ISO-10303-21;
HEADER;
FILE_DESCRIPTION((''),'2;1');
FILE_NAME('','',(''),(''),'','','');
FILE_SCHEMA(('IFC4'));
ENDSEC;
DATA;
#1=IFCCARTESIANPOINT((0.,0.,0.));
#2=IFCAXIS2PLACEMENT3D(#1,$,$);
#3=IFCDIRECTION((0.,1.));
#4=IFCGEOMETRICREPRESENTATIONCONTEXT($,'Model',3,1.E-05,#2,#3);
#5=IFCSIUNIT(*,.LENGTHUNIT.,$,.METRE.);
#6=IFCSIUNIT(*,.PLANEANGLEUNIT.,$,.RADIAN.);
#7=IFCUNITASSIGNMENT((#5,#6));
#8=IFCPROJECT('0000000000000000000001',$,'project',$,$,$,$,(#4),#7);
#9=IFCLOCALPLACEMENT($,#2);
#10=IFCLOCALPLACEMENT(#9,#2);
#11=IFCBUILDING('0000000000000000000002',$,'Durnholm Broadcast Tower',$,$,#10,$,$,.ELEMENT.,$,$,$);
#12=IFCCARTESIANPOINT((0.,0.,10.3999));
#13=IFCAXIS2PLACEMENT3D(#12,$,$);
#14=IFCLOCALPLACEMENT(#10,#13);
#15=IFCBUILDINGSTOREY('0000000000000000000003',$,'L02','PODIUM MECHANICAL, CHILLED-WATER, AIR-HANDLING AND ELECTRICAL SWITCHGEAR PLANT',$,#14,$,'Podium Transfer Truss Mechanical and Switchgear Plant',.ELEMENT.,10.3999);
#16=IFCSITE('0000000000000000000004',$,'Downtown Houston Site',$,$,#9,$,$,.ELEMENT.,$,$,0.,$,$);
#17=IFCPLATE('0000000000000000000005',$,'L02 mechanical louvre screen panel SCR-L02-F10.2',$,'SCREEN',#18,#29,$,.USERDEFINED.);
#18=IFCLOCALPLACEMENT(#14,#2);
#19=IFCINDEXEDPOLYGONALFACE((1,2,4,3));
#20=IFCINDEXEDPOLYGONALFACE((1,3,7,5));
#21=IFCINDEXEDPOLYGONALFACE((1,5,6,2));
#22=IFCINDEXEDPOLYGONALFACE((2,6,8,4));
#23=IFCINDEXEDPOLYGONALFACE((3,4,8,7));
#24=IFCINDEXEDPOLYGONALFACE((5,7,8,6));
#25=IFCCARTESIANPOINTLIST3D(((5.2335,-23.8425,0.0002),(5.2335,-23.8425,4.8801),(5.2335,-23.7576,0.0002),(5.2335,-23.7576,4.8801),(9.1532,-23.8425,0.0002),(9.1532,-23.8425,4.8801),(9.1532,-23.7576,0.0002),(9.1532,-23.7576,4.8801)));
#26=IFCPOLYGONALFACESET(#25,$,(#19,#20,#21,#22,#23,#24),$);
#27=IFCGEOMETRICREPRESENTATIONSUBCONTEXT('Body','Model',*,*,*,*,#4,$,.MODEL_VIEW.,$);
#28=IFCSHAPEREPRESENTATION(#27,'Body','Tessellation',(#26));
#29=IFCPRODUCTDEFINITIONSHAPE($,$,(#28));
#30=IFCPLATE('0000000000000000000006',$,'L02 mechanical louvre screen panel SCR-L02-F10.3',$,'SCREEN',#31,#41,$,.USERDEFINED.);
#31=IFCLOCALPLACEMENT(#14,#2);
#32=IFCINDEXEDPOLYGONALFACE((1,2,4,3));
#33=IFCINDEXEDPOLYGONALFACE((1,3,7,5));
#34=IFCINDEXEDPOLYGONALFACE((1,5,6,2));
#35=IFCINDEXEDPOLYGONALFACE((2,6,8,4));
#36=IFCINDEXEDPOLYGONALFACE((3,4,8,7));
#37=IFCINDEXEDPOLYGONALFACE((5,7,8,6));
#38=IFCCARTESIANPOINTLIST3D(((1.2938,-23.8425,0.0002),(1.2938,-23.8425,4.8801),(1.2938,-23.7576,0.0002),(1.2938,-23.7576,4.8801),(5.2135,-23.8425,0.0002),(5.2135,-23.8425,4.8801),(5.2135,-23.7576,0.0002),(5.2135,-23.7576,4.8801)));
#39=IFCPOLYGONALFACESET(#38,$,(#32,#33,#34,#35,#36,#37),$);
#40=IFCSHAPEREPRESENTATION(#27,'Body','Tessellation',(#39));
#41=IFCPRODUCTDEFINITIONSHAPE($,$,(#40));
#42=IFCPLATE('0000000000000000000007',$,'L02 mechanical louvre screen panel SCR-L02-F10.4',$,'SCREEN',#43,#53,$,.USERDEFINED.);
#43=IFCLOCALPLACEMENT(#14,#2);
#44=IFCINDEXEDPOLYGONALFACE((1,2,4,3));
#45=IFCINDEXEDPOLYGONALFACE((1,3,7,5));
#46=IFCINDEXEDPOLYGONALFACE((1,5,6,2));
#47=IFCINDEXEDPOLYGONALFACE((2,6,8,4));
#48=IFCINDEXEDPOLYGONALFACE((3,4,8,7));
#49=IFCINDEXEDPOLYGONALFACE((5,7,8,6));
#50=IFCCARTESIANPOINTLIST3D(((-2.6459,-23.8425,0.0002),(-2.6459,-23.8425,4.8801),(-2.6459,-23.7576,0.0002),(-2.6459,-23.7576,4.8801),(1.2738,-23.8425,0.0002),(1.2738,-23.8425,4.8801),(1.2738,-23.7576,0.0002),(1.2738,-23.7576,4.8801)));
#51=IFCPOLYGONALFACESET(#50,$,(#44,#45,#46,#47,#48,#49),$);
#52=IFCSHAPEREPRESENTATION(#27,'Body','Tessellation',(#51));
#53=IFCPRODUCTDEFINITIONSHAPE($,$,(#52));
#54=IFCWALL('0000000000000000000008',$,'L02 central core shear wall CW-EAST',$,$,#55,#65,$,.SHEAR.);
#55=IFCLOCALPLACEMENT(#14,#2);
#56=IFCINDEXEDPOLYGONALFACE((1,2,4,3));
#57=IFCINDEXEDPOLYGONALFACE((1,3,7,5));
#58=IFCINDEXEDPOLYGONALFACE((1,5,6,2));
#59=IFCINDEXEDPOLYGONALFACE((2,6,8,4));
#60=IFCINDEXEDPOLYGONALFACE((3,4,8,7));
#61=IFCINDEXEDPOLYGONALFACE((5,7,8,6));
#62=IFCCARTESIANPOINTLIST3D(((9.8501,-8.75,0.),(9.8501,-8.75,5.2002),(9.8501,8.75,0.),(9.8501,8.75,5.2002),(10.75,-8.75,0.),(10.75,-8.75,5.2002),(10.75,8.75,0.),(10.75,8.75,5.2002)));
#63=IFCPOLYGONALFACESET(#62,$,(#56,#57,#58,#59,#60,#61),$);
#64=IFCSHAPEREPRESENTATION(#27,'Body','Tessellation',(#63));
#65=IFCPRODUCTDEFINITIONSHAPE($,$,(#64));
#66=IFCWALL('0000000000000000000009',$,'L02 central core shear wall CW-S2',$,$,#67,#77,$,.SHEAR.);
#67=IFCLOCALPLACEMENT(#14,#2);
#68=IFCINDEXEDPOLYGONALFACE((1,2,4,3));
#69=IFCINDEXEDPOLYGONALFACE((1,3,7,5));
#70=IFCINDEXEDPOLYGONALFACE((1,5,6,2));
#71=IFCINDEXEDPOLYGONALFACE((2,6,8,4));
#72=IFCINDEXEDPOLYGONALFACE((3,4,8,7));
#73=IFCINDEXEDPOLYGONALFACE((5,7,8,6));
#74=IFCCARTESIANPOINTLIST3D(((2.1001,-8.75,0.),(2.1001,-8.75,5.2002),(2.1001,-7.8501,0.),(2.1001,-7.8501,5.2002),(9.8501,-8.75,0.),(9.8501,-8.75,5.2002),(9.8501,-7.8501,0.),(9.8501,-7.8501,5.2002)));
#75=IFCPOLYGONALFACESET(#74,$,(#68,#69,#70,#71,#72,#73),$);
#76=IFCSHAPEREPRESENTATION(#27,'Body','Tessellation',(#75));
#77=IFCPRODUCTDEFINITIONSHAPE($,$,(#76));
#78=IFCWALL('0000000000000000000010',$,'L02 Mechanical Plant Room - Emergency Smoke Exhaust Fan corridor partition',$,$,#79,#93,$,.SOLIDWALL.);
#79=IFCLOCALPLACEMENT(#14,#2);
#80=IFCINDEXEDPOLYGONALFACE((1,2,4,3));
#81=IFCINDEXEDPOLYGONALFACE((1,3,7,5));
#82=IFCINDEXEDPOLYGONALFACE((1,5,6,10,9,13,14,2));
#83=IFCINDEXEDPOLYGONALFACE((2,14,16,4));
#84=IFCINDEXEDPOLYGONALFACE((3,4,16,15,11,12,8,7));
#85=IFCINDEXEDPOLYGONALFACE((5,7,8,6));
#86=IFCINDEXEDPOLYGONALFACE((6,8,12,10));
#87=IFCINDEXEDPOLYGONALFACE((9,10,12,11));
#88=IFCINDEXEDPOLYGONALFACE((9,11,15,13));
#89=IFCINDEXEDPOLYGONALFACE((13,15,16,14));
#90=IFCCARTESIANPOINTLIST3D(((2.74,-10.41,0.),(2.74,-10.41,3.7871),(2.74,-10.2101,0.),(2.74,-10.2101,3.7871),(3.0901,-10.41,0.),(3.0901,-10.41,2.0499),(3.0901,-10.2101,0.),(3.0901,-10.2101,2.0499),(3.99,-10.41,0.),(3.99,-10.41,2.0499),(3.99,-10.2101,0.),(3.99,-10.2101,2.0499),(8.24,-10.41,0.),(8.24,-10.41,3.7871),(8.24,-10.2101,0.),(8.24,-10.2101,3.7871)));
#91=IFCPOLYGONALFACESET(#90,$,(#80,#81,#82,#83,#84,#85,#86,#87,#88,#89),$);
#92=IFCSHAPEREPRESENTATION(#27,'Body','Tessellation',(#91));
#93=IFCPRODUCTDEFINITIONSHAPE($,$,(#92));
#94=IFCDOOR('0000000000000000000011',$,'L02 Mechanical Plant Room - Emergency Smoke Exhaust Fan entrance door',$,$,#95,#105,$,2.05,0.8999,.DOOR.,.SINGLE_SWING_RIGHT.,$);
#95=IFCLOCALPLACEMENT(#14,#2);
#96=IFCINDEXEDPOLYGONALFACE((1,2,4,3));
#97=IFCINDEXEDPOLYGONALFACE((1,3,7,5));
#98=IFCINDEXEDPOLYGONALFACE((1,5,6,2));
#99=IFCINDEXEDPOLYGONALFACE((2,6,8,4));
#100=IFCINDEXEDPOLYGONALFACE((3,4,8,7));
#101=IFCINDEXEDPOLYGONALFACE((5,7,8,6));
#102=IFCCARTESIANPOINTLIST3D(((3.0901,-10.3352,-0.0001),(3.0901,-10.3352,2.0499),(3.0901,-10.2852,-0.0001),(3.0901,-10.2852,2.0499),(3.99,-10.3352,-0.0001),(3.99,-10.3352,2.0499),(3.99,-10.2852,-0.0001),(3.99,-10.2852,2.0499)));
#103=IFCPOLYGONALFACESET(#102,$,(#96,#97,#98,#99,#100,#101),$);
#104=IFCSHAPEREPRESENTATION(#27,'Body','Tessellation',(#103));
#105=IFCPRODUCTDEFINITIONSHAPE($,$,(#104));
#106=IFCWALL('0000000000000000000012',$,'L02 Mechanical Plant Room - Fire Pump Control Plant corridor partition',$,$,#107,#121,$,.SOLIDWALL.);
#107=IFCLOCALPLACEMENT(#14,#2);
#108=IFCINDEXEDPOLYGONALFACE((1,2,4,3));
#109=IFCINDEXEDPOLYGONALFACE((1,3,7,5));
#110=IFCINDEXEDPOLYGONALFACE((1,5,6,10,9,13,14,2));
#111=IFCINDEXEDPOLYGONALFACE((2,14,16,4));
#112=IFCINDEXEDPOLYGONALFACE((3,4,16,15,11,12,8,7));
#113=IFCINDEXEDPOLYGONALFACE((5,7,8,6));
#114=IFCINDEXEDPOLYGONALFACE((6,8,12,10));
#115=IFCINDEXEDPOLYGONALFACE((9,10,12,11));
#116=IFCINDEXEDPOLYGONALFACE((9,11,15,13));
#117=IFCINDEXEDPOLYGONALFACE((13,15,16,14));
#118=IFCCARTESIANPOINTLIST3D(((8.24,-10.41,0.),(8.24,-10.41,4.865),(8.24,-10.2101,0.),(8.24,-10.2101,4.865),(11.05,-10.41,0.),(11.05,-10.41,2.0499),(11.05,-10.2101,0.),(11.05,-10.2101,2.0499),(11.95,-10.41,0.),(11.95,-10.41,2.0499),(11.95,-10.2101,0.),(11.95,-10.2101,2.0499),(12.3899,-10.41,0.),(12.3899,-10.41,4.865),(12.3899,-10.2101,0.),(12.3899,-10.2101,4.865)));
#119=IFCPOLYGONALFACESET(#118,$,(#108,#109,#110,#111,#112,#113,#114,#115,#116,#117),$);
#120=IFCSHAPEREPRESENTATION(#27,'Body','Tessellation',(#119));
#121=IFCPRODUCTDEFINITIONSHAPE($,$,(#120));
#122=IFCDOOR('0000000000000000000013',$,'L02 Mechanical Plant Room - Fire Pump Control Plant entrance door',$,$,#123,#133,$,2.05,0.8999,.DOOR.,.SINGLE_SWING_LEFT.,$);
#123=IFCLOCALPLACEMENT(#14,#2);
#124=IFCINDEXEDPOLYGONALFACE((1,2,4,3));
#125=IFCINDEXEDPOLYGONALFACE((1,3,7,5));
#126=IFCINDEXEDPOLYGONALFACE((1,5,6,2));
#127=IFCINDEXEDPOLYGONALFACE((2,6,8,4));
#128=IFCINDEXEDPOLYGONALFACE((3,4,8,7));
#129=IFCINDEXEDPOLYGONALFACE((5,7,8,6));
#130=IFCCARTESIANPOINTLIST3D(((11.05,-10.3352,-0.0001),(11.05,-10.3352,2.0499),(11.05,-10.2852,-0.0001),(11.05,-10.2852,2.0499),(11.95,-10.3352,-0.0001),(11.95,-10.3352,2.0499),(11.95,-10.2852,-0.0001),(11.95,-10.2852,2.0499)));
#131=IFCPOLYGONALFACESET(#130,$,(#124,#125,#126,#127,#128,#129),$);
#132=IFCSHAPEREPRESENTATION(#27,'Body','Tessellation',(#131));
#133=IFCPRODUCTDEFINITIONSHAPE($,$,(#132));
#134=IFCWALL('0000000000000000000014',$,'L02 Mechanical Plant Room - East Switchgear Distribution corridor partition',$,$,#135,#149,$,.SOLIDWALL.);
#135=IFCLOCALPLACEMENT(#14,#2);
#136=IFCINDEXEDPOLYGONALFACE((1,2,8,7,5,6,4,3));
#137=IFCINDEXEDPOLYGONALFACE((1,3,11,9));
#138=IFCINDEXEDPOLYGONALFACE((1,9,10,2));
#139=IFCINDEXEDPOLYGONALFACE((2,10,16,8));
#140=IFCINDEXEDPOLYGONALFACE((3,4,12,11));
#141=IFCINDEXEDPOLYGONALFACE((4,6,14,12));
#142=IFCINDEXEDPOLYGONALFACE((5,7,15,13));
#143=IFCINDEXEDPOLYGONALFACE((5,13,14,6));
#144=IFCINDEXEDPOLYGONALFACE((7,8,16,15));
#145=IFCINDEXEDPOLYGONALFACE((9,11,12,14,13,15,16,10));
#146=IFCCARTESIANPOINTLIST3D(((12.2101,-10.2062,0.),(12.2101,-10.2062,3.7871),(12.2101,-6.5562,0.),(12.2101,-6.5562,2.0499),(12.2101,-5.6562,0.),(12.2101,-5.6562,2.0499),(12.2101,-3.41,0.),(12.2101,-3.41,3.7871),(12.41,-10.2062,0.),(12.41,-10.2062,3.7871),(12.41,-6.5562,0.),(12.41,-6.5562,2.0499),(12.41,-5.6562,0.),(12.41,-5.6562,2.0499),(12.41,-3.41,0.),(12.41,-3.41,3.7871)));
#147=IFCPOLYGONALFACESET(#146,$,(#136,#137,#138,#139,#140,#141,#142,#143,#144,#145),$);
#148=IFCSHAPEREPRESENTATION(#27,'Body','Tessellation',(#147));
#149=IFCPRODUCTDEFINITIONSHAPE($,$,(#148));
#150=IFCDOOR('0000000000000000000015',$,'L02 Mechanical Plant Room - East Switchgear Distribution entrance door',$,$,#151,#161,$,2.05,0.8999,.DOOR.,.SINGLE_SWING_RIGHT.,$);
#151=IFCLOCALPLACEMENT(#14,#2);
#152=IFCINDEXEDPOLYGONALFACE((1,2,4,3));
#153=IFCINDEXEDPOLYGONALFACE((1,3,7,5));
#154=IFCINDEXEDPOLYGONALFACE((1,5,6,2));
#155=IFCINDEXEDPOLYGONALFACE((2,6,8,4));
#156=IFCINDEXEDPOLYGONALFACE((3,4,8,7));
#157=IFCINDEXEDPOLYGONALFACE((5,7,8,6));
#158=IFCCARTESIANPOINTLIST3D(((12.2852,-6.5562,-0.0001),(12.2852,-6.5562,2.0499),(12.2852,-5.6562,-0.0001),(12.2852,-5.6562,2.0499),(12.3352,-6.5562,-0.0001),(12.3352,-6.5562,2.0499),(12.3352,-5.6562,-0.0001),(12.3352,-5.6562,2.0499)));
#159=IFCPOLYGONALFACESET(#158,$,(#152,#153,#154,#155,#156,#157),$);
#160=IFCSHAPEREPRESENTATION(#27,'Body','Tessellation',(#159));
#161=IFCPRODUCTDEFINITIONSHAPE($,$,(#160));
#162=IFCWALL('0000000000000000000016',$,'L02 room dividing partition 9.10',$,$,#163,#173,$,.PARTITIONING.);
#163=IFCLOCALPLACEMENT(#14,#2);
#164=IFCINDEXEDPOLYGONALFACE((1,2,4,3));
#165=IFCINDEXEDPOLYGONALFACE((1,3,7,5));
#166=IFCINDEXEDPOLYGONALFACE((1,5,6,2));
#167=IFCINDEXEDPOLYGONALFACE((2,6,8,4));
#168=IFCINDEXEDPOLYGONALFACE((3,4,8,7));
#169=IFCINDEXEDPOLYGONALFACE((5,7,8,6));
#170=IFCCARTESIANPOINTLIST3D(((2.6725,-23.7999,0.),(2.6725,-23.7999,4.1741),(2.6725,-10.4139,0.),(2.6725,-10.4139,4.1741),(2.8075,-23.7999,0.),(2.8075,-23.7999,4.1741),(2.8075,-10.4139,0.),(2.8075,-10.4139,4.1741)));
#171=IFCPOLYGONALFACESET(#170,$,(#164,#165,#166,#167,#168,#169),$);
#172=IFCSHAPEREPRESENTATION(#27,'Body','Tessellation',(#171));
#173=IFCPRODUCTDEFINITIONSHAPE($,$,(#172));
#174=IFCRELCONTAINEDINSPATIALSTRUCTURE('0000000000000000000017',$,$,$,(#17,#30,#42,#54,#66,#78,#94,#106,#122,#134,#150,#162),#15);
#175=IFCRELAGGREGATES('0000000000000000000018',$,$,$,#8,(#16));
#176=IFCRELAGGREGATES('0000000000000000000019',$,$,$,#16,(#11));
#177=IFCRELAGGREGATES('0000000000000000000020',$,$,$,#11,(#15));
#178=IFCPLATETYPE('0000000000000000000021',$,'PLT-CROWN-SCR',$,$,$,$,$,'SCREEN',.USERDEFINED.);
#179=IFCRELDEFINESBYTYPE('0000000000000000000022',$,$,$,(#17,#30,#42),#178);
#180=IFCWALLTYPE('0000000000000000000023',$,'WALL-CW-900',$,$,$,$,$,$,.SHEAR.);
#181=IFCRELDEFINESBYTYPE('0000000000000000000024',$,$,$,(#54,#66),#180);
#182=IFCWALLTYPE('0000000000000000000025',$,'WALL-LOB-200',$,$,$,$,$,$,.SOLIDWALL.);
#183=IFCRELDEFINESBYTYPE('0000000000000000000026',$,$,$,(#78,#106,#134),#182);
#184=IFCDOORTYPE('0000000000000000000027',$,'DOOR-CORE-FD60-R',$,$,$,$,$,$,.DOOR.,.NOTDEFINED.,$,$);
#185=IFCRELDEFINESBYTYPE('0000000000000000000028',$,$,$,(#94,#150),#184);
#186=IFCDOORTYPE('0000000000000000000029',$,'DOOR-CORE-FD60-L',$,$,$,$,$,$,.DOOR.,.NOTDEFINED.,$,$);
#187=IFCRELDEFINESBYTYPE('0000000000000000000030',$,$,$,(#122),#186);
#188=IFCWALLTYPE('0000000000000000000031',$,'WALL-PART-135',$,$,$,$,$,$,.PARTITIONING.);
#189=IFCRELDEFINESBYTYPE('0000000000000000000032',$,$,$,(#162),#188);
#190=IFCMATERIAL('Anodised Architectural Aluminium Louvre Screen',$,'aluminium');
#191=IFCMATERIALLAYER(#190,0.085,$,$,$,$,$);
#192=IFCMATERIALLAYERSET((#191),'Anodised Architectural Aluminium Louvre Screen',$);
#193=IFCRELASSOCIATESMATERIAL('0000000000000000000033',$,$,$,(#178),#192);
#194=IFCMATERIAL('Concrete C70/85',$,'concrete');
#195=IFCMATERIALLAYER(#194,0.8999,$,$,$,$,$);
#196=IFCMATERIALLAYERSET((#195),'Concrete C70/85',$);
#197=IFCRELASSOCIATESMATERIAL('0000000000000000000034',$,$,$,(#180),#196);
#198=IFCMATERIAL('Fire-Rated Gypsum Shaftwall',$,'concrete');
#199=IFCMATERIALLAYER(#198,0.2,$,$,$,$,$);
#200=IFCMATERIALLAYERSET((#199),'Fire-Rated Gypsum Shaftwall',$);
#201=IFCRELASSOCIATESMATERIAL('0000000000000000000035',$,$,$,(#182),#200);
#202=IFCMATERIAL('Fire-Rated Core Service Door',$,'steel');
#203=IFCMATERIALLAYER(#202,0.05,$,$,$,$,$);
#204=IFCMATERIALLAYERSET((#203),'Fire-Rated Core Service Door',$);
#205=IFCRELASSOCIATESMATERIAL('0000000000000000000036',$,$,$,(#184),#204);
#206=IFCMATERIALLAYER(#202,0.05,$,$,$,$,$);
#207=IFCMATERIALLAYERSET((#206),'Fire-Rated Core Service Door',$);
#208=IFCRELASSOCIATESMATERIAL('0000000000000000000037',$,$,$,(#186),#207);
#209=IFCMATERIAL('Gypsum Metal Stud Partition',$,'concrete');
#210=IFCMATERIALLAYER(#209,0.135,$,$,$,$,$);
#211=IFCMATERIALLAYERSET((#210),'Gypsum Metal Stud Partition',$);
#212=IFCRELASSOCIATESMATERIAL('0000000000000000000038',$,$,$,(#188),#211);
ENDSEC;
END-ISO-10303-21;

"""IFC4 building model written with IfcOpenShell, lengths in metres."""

from ifc_helpers import new_model, si_unit, direction, frame, frame_2d, origin, origin_2d, place, context, subcontext, project, spatial, rectangle, extrude, source, transform, mapped, material, layer, layer_set, type_object, type_shapes, element, fill, save


model = new_model("IFC4")

# Units and contexts
model_context = context("Model", 3, precision=1e-05, world=origin(), true_north=direction((0.0, 1.0)))
body_context = subcontext(model_context, "Body", "Model", "MODEL_VIEW")
ifc_project = project(units=[si_unit("LENGTHUNIT", "METRE"), si_unit("PLANEANGLEUNIT", "RADIAN")], contexts=[model_context])

# Site, building, storey
site_placement = place(None, origin())
site = spatial("IfcSite", under=ifc_project, at=site_placement, Name="Downtown Houston Site", CompositionType="ELEMENT", RefElevation=0.0)
building_placement = place(site_placement, origin())
building = spatial("IfcBuilding", under=site, at=building_placement, Name="Durnholm Broadcast Tower", CompositionType="ELEMENT")
storey_placement = place(building_placement, frame((0.0, 0.0, 10.3999)))
storey = spatial("IfcBuildingStorey", under=building, at=storey_placement, Name="L02", Description="PODIUM MECHANICAL, CHILLED-WATER, AIR-HANDLING AND ELECTRICAL SWITCHGEAR PLANT", LongName="Podium Transfer Truss Mechanical and Switchgear Plant", CompositionType="ELEMENT", Elevation=10.3999)

# Shared definitions
ifc_material_1 = material(Name="Concrete C70/85", Category="concrete")

# Plates
ifc_material_2 = material(Name="Anodised Architectural Aluminium Louvre Screen", Category="aluminium")
ifc_layer_1 = layer(ifc_material_2, 0.085)
ifc_layer_set_1 = layer_set([ifc_layer_1], Name="Anodised Architectural Aluminium Louvre Screen")
plate_type_1 = type_object("IfcPlateType", Name="PLT-CROWN-SCR", ElementType="SCREEN", PredefinedType="USERDEFINED", material=ifc_layer_set_1)
shared_shape_1 = source(origin(), body_context, "Body", "SweptSolid", [
    extrude(rectangle(XDim=3.9197, YDim=0.085, at=origin_2d()), origin(), (0.0, 0.0, 1.0), 4.8799),
])
type_shapes(plate_type_1, [shared_shape_1])
for number, where, z_axis, x_axis, name in (
    (1, (7.1934, -23.8, 0.0002), (0.0, 0.0, 1.0), (-1.0, 0.0, 0.0), "L02 mechanical louvre screen panel SCR-L02-F10.2"),
    (2, (3.2537, -23.8, 0.0002), (0.0, 0.0, 1.0), (-1.0, 0.0, 0.0), "L02 mechanical louvre screen panel SCR-L02-F10.3"),
    (3, (-0.686, -23.8, 0.0002), (0.0, 0.0, 1.0), (-1.0, 0.0, 0.0), "L02 mechanical louvre screen panel SCR-L02-F10.4"),
):
    element("IfcPlate", number, at=place(storey_placement, frame(where, z_axis=z_axis, x_axis=x_axis)), inside=storey, type_object=plate_type_1, Name=name, ObjectType="SCREEN", PredefinedType="USERDEFINED", context=body_context, shape_type="MappedRepresentation", body=[
        mapped(shared_shape_1, transform((0.0, 0.0, 0.0), x_axis=(1.0, 0.0, 0.0), y_axis=(0.0, 1.0, 0.0), z_axis=(0.0, 0.0, 1.0), scale=1.0)),
    ])

# Walls
ifc_layer_2 = layer(ifc_material_1, 0.8999)
ifc_layer_set_2 = layer_set([ifc_layer_2], Name="Concrete C70/85")
wall_type_1 = type_object("IfcWallType", Name="WALL-CW-900", PredefinedType="SHEAR", material=ifc_layer_set_2)
wall_1_placement = place(storey_placement, frame((10.3, -8.75, 0.0), z_axis=(0.0, 0.0, 1.0), x_axis=(0.0, 1.0, 0.0)))
element("IfcWall", 4, at=wall_1_placement, inside=storey, type_object=wall_type_1, Name="L02 central core shear wall CW-EAST", PredefinedType="SHEAR", context=body_context, shape_type="SweptSolid", body=[
    extrude(rectangle(XDim=17.5, YDim=0.8999, at=frame_2d((8.75, 0.0))), origin(), (0.0, 0.0, 1.0), 5.2002),
])
wall_2_placement = place(storey_placement, frame((2.1001, -8.3, 0.0), z_axis=(0.0, 0.0, 1.0), x_axis=(1.0, 0.0, 0.0)))
element("IfcWall", 5, at=wall_2_placement, inside=storey, type_object=wall_type_1, Name="L02 central core shear wall CW-S2", PredefinedType="SHEAR", context=body_context, shape_type="SweptSolid", body=[
    extrude(rectangle(XDim=7.75, YDim=0.8999, at=frame_2d((3.875, 0.0))), origin(), (0.0, 0.0, 1.0), 5.2002),
])

# Walls, openings, doors
ifc_material_3 = material(Name="Fire-Rated Gypsum Shaftwall", Category="concrete")
ifc_layer_3 = layer(ifc_material_3, 0.2)
ifc_layer_set_3 = layer_set([ifc_layer_3], Name="Fire-Rated Gypsum Shaftwall")
wall_type_2 = type_object("IfcWallType", Name="WALL-LOB-200", PredefinedType="SOLIDWALL", material=ifc_layer_set_3)
wall_3_placement = place(storey_placement, frame((2.74, -10.3101, 0.0), z_axis=(0.0, 0.0, 1.0), x_axis=(1.0, 0.0, 0.0)))
wall_3 = element("IfcWall", 6, at=wall_3_placement, inside=storey, type_object=wall_type_2, Name="L02 Mechanical Plant Room - Emergency Smoke Exhaust Fan corridor partition", PredefinedType="SOLIDWALL", context=body_context, shape_type="SweptSolid", body=[
    extrude(rectangle(XDim=5.5, YDim=0.2, at=frame_2d((2.75, 0.0))), origin(), (0.0, 0.0, 1.0), 3.7871),
])
opening_1_placement = place(wall_3_placement, frame((0.3501, 0.0, 0.0)))
opening_1 = element("IfcOpeningElement", 7, at=opening_1_placement, cuts=wall_3, PredefinedType="OPENING", context=body_context, shape_type="SweptSolid", body=[
    extrude(rectangle(XDim=0.8999, YDim=2.05, at=frame_2d((0.45, 1.0249))), frame((0.0, 0.1099, 0.0), z_axis=(0.0, -1.0, 0.0), x_axis=(1.0, 0.0, 0.0)), (0.0, 0.0, 1.0), 0.22),
])
ifc_material_4 = material(Name="Fire-Rated Core Service Door", Category="steel")
ifc_layer_4 = layer(ifc_material_4, 0.05)
ifc_layer_set_4 = layer_set([ifc_layer_4], Name="Fire-Rated Core Service Door")
door_type_1 = type_object("IfcDoorType", Name="DOOR-CORE-FD60-R", OperationType="NOTDEFINED", PredefinedType="DOOR", material=ifc_layer_set_4)
shared_shape_2 = source(origin(), body_context, "Body", "SweptSolid", [
    extrude(rectangle(XDim=0.8999, YDim=2.05, at=frame_2d((0.45, 1.0249))), frame((0.0, 0.0249, 0.0), z_axis=(0.0, -1.0, 0.0), x_axis=(1.0, 0.0, 0.0)), (0.0, 0.0, 1.0), 0.05),
])
type_shapes(door_type_1, [shared_shape_2])
door_1_placement = place(opening_1_placement, origin())
door_1 = element("IfcDoor", 8, at=door_1_placement, inside=storey, type_object=door_type_1, Name="L02 Mechanical Plant Room - Emergency Smoke Exhaust Fan entrance door", OperationType="SINGLE_SWING_RIGHT", OverallHeight=2.05, OverallWidth=0.8999, PredefinedType="DOOR", context=body_context, shape_type="MappedRepresentation", body=[
    mapped(shared_shape_2, transform((0.0, 0.0, 0.0), x_axis=(1.0, 0.0, 0.0), y_axis=(0.0, 1.0, 0.0), z_axis=(0.0, 0.0, 1.0), scale=1.0)),
])
fill(opening_1, door_1)
wall_4_placement = place(storey_placement, frame((8.24, -10.3101, 0.0), z_axis=(0.0, 0.0, 1.0), x_axis=(1.0, 0.0, 0.0)))
wall_4 = element("IfcWall", 9, at=wall_4_placement, inside=storey, type_object=wall_type_2, Name="L02 Mechanical Plant Room - Fire Pump Control Plant corridor partition", PredefinedType="SOLIDWALL", context=body_context, shape_type="SweptSolid", body=[
    extrude(rectangle(XDim=4.1499, YDim=0.2, at=frame_2d((2.075, 0.0))), origin(), (0.0, 0.0, 1.0), 4.865),
])
opening_2_placement = place(wall_4_placement, frame((2.8101, 0.0, 0.0)))
opening_2 = element("IfcOpeningElement", 10, at=opening_2_placement, cuts=wall_4, PredefinedType="OPENING", context=body_context, shape_type="SweptSolid", body=[
    extrude(rectangle(XDim=0.8999, YDim=2.05, at=frame_2d((0.45, 1.0249))), frame((0.0, 0.1099, 0.0), z_axis=(0.0, -1.0, 0.0), x_axis=(1.0, 0.0, 0.0)), (0.0, 0.0, 1.0), 0.22),
])
ifc_layer_5 = layer(ifc_material_4, 0.05)
ifc_layer_set_5 = layer_set([ifc_layer_5], Name="Fire-Rated Core Service Door")
door_type_2 = type_object("IfcDoorType", Name="DOOR-CORE-FD60-L", OperationType="NOTDEFINED", PredefinedType="DOOR", material=ifc_layer_set_5)
shared_shape_3 = source(origin(), body_context, "Body", "SweptSolid", [
    extrude(rectangle(XDim=0.8999, YDim=2.05, at=frame_2d((0.45, 1.0249))), frame((0.0, 0.0249, 0.0), z_axis=(0.0, -1.0, 0.0), x_axis=(1.0, 0.0, 0.0)), (0.0, 0.0, 1.0), 0.05),
])
type_shapes(door_type_2, [shared_shape_3])
door_2_placement = place(opening_2_placement, origin())
door_2 = element("IfcDoor", 11, at=door_2_placement, inside=storey, type_object=door_type_2, Name="L02 Mechanical Plant Room - Fire Pump Control Plant entrance door", OperationType="SINGLE_SWING_LEFT", OverallHeight=2.05, OverallWidth=0.8999, PredefinedType="DOOR", context=body_context, shape_type="MappedRepresentation", body=[
    mapped(shared_shape_3, transform((0.0, 0.0, 0.0), x_axis=(1.0, 0.0, 0.0), y_axis=(0.0, 1.0, 0.0), z_axis=(0.0, 0.0, 1.0), scale=1.0)),
])
fill(opening_2, door_2)
wall_5_placement = place(storey_placement, frame((12.3101, -10.2061, 0.0), z_axis=(0.0, 0.0, 1.0), x_axis=(0.0, 1.0, 0.0)))
wall_5 = element("IfcWall", 12, at=wall_5_placement, inside=storey, type_object=wall_type_2, Name="L02 Mechanical Plant Room - East Switchgear Distribution corridor partition", PredefinedType="SOLIDWALL", context=body_context, shape_type="SweptSolid", body=[
    extrude(rectangle(XDim=6.7961, YDim=0.2, at=frame_2d((3.3979, 0.0))), origin(), (0.0, 0.0, 1.0), 3.7871),
])
opening_3_placement = place(wall_5_placement, frame((3.6499, 0.0, 0.0)))
opening_3 = element("IfcOpeningElement", 13, at=opening_3_placement, cuts=wall_5, PredefinedType="OPENING", context=body_context, shape_type="SweptSolid", body=[
    extrude(rectangle(XDim=0.8999, YDim=2.05, at=frame_2d((0.45, 1.0249))), frame((0.0, 0.1099, 0.0), z_axis=(0.0, -1.0, 0.0), x_axis=(1.0, 0.0, 0.0)), (0.0, 0.0, 1.0), 0.22),
])
door_3_placement = place(opening_3_placement, origin())
door_3 = element("IfcDoor", 14, at=door_3_placement, inside=storey, type_object=door_type_1, Name="L02 Mechanical Plant Room - East Switchgear Distribution entrance door", OperationType="SINGLE_SWING_RIGHT", OverallHeight=2.05, OverallWidth=0.8999, PredefinedType="DOOR", context=body_context, shape_type="MappedRepresentation", body=[
    mapped(shared_shape_2, transform((0.0, 0.0, 0.0), x_axis=(1.0, 0.0, 0.0), y_axis=(0.0, 1.0, 0.0), z_axis=(0.0, 0.0, 1.0), scale=1.0)),
])
fill(opening_3, door_3)

# Wall
ifc_material_5 = material(Name="Gypsum Metal Stud Partition", Category="concrete")
ifc_layer_6 = layer(ifc_material_5, 0.135)
ifc_layer_set_6 = layer_set([ifc_layer_6], Name="Gypsum Metal Stud Partition")
wall_type_3 = type_object("IfcWallType", Name="WALL-PART-135", PredefinedType="PARTITIONING", material=ifc_layer_set_6)
wall_6_placement = place(storey_placement, frame((2.74, -10.4141, 0.0), z_axis=(0.0, 0.0, 1.0), x_axis=(0.0, -1.0, 0.0)))
element("IfcWall", 15, at=wall_6_placement, inside=storey, type_object=wall_type_3, Name="L02 room dividing partition 9.10", PredefinedType="PARTITIONING", context=body_context, shape_type="SweptSolid", body=[
    extrude(rectangle(XDim=13.386, YDim=0.135, at=frame_2d((6.6929, 0.0))), origin(), (0.0, 0.0, 1.0), 4.1741),
])

save(model, "model.ifc")
